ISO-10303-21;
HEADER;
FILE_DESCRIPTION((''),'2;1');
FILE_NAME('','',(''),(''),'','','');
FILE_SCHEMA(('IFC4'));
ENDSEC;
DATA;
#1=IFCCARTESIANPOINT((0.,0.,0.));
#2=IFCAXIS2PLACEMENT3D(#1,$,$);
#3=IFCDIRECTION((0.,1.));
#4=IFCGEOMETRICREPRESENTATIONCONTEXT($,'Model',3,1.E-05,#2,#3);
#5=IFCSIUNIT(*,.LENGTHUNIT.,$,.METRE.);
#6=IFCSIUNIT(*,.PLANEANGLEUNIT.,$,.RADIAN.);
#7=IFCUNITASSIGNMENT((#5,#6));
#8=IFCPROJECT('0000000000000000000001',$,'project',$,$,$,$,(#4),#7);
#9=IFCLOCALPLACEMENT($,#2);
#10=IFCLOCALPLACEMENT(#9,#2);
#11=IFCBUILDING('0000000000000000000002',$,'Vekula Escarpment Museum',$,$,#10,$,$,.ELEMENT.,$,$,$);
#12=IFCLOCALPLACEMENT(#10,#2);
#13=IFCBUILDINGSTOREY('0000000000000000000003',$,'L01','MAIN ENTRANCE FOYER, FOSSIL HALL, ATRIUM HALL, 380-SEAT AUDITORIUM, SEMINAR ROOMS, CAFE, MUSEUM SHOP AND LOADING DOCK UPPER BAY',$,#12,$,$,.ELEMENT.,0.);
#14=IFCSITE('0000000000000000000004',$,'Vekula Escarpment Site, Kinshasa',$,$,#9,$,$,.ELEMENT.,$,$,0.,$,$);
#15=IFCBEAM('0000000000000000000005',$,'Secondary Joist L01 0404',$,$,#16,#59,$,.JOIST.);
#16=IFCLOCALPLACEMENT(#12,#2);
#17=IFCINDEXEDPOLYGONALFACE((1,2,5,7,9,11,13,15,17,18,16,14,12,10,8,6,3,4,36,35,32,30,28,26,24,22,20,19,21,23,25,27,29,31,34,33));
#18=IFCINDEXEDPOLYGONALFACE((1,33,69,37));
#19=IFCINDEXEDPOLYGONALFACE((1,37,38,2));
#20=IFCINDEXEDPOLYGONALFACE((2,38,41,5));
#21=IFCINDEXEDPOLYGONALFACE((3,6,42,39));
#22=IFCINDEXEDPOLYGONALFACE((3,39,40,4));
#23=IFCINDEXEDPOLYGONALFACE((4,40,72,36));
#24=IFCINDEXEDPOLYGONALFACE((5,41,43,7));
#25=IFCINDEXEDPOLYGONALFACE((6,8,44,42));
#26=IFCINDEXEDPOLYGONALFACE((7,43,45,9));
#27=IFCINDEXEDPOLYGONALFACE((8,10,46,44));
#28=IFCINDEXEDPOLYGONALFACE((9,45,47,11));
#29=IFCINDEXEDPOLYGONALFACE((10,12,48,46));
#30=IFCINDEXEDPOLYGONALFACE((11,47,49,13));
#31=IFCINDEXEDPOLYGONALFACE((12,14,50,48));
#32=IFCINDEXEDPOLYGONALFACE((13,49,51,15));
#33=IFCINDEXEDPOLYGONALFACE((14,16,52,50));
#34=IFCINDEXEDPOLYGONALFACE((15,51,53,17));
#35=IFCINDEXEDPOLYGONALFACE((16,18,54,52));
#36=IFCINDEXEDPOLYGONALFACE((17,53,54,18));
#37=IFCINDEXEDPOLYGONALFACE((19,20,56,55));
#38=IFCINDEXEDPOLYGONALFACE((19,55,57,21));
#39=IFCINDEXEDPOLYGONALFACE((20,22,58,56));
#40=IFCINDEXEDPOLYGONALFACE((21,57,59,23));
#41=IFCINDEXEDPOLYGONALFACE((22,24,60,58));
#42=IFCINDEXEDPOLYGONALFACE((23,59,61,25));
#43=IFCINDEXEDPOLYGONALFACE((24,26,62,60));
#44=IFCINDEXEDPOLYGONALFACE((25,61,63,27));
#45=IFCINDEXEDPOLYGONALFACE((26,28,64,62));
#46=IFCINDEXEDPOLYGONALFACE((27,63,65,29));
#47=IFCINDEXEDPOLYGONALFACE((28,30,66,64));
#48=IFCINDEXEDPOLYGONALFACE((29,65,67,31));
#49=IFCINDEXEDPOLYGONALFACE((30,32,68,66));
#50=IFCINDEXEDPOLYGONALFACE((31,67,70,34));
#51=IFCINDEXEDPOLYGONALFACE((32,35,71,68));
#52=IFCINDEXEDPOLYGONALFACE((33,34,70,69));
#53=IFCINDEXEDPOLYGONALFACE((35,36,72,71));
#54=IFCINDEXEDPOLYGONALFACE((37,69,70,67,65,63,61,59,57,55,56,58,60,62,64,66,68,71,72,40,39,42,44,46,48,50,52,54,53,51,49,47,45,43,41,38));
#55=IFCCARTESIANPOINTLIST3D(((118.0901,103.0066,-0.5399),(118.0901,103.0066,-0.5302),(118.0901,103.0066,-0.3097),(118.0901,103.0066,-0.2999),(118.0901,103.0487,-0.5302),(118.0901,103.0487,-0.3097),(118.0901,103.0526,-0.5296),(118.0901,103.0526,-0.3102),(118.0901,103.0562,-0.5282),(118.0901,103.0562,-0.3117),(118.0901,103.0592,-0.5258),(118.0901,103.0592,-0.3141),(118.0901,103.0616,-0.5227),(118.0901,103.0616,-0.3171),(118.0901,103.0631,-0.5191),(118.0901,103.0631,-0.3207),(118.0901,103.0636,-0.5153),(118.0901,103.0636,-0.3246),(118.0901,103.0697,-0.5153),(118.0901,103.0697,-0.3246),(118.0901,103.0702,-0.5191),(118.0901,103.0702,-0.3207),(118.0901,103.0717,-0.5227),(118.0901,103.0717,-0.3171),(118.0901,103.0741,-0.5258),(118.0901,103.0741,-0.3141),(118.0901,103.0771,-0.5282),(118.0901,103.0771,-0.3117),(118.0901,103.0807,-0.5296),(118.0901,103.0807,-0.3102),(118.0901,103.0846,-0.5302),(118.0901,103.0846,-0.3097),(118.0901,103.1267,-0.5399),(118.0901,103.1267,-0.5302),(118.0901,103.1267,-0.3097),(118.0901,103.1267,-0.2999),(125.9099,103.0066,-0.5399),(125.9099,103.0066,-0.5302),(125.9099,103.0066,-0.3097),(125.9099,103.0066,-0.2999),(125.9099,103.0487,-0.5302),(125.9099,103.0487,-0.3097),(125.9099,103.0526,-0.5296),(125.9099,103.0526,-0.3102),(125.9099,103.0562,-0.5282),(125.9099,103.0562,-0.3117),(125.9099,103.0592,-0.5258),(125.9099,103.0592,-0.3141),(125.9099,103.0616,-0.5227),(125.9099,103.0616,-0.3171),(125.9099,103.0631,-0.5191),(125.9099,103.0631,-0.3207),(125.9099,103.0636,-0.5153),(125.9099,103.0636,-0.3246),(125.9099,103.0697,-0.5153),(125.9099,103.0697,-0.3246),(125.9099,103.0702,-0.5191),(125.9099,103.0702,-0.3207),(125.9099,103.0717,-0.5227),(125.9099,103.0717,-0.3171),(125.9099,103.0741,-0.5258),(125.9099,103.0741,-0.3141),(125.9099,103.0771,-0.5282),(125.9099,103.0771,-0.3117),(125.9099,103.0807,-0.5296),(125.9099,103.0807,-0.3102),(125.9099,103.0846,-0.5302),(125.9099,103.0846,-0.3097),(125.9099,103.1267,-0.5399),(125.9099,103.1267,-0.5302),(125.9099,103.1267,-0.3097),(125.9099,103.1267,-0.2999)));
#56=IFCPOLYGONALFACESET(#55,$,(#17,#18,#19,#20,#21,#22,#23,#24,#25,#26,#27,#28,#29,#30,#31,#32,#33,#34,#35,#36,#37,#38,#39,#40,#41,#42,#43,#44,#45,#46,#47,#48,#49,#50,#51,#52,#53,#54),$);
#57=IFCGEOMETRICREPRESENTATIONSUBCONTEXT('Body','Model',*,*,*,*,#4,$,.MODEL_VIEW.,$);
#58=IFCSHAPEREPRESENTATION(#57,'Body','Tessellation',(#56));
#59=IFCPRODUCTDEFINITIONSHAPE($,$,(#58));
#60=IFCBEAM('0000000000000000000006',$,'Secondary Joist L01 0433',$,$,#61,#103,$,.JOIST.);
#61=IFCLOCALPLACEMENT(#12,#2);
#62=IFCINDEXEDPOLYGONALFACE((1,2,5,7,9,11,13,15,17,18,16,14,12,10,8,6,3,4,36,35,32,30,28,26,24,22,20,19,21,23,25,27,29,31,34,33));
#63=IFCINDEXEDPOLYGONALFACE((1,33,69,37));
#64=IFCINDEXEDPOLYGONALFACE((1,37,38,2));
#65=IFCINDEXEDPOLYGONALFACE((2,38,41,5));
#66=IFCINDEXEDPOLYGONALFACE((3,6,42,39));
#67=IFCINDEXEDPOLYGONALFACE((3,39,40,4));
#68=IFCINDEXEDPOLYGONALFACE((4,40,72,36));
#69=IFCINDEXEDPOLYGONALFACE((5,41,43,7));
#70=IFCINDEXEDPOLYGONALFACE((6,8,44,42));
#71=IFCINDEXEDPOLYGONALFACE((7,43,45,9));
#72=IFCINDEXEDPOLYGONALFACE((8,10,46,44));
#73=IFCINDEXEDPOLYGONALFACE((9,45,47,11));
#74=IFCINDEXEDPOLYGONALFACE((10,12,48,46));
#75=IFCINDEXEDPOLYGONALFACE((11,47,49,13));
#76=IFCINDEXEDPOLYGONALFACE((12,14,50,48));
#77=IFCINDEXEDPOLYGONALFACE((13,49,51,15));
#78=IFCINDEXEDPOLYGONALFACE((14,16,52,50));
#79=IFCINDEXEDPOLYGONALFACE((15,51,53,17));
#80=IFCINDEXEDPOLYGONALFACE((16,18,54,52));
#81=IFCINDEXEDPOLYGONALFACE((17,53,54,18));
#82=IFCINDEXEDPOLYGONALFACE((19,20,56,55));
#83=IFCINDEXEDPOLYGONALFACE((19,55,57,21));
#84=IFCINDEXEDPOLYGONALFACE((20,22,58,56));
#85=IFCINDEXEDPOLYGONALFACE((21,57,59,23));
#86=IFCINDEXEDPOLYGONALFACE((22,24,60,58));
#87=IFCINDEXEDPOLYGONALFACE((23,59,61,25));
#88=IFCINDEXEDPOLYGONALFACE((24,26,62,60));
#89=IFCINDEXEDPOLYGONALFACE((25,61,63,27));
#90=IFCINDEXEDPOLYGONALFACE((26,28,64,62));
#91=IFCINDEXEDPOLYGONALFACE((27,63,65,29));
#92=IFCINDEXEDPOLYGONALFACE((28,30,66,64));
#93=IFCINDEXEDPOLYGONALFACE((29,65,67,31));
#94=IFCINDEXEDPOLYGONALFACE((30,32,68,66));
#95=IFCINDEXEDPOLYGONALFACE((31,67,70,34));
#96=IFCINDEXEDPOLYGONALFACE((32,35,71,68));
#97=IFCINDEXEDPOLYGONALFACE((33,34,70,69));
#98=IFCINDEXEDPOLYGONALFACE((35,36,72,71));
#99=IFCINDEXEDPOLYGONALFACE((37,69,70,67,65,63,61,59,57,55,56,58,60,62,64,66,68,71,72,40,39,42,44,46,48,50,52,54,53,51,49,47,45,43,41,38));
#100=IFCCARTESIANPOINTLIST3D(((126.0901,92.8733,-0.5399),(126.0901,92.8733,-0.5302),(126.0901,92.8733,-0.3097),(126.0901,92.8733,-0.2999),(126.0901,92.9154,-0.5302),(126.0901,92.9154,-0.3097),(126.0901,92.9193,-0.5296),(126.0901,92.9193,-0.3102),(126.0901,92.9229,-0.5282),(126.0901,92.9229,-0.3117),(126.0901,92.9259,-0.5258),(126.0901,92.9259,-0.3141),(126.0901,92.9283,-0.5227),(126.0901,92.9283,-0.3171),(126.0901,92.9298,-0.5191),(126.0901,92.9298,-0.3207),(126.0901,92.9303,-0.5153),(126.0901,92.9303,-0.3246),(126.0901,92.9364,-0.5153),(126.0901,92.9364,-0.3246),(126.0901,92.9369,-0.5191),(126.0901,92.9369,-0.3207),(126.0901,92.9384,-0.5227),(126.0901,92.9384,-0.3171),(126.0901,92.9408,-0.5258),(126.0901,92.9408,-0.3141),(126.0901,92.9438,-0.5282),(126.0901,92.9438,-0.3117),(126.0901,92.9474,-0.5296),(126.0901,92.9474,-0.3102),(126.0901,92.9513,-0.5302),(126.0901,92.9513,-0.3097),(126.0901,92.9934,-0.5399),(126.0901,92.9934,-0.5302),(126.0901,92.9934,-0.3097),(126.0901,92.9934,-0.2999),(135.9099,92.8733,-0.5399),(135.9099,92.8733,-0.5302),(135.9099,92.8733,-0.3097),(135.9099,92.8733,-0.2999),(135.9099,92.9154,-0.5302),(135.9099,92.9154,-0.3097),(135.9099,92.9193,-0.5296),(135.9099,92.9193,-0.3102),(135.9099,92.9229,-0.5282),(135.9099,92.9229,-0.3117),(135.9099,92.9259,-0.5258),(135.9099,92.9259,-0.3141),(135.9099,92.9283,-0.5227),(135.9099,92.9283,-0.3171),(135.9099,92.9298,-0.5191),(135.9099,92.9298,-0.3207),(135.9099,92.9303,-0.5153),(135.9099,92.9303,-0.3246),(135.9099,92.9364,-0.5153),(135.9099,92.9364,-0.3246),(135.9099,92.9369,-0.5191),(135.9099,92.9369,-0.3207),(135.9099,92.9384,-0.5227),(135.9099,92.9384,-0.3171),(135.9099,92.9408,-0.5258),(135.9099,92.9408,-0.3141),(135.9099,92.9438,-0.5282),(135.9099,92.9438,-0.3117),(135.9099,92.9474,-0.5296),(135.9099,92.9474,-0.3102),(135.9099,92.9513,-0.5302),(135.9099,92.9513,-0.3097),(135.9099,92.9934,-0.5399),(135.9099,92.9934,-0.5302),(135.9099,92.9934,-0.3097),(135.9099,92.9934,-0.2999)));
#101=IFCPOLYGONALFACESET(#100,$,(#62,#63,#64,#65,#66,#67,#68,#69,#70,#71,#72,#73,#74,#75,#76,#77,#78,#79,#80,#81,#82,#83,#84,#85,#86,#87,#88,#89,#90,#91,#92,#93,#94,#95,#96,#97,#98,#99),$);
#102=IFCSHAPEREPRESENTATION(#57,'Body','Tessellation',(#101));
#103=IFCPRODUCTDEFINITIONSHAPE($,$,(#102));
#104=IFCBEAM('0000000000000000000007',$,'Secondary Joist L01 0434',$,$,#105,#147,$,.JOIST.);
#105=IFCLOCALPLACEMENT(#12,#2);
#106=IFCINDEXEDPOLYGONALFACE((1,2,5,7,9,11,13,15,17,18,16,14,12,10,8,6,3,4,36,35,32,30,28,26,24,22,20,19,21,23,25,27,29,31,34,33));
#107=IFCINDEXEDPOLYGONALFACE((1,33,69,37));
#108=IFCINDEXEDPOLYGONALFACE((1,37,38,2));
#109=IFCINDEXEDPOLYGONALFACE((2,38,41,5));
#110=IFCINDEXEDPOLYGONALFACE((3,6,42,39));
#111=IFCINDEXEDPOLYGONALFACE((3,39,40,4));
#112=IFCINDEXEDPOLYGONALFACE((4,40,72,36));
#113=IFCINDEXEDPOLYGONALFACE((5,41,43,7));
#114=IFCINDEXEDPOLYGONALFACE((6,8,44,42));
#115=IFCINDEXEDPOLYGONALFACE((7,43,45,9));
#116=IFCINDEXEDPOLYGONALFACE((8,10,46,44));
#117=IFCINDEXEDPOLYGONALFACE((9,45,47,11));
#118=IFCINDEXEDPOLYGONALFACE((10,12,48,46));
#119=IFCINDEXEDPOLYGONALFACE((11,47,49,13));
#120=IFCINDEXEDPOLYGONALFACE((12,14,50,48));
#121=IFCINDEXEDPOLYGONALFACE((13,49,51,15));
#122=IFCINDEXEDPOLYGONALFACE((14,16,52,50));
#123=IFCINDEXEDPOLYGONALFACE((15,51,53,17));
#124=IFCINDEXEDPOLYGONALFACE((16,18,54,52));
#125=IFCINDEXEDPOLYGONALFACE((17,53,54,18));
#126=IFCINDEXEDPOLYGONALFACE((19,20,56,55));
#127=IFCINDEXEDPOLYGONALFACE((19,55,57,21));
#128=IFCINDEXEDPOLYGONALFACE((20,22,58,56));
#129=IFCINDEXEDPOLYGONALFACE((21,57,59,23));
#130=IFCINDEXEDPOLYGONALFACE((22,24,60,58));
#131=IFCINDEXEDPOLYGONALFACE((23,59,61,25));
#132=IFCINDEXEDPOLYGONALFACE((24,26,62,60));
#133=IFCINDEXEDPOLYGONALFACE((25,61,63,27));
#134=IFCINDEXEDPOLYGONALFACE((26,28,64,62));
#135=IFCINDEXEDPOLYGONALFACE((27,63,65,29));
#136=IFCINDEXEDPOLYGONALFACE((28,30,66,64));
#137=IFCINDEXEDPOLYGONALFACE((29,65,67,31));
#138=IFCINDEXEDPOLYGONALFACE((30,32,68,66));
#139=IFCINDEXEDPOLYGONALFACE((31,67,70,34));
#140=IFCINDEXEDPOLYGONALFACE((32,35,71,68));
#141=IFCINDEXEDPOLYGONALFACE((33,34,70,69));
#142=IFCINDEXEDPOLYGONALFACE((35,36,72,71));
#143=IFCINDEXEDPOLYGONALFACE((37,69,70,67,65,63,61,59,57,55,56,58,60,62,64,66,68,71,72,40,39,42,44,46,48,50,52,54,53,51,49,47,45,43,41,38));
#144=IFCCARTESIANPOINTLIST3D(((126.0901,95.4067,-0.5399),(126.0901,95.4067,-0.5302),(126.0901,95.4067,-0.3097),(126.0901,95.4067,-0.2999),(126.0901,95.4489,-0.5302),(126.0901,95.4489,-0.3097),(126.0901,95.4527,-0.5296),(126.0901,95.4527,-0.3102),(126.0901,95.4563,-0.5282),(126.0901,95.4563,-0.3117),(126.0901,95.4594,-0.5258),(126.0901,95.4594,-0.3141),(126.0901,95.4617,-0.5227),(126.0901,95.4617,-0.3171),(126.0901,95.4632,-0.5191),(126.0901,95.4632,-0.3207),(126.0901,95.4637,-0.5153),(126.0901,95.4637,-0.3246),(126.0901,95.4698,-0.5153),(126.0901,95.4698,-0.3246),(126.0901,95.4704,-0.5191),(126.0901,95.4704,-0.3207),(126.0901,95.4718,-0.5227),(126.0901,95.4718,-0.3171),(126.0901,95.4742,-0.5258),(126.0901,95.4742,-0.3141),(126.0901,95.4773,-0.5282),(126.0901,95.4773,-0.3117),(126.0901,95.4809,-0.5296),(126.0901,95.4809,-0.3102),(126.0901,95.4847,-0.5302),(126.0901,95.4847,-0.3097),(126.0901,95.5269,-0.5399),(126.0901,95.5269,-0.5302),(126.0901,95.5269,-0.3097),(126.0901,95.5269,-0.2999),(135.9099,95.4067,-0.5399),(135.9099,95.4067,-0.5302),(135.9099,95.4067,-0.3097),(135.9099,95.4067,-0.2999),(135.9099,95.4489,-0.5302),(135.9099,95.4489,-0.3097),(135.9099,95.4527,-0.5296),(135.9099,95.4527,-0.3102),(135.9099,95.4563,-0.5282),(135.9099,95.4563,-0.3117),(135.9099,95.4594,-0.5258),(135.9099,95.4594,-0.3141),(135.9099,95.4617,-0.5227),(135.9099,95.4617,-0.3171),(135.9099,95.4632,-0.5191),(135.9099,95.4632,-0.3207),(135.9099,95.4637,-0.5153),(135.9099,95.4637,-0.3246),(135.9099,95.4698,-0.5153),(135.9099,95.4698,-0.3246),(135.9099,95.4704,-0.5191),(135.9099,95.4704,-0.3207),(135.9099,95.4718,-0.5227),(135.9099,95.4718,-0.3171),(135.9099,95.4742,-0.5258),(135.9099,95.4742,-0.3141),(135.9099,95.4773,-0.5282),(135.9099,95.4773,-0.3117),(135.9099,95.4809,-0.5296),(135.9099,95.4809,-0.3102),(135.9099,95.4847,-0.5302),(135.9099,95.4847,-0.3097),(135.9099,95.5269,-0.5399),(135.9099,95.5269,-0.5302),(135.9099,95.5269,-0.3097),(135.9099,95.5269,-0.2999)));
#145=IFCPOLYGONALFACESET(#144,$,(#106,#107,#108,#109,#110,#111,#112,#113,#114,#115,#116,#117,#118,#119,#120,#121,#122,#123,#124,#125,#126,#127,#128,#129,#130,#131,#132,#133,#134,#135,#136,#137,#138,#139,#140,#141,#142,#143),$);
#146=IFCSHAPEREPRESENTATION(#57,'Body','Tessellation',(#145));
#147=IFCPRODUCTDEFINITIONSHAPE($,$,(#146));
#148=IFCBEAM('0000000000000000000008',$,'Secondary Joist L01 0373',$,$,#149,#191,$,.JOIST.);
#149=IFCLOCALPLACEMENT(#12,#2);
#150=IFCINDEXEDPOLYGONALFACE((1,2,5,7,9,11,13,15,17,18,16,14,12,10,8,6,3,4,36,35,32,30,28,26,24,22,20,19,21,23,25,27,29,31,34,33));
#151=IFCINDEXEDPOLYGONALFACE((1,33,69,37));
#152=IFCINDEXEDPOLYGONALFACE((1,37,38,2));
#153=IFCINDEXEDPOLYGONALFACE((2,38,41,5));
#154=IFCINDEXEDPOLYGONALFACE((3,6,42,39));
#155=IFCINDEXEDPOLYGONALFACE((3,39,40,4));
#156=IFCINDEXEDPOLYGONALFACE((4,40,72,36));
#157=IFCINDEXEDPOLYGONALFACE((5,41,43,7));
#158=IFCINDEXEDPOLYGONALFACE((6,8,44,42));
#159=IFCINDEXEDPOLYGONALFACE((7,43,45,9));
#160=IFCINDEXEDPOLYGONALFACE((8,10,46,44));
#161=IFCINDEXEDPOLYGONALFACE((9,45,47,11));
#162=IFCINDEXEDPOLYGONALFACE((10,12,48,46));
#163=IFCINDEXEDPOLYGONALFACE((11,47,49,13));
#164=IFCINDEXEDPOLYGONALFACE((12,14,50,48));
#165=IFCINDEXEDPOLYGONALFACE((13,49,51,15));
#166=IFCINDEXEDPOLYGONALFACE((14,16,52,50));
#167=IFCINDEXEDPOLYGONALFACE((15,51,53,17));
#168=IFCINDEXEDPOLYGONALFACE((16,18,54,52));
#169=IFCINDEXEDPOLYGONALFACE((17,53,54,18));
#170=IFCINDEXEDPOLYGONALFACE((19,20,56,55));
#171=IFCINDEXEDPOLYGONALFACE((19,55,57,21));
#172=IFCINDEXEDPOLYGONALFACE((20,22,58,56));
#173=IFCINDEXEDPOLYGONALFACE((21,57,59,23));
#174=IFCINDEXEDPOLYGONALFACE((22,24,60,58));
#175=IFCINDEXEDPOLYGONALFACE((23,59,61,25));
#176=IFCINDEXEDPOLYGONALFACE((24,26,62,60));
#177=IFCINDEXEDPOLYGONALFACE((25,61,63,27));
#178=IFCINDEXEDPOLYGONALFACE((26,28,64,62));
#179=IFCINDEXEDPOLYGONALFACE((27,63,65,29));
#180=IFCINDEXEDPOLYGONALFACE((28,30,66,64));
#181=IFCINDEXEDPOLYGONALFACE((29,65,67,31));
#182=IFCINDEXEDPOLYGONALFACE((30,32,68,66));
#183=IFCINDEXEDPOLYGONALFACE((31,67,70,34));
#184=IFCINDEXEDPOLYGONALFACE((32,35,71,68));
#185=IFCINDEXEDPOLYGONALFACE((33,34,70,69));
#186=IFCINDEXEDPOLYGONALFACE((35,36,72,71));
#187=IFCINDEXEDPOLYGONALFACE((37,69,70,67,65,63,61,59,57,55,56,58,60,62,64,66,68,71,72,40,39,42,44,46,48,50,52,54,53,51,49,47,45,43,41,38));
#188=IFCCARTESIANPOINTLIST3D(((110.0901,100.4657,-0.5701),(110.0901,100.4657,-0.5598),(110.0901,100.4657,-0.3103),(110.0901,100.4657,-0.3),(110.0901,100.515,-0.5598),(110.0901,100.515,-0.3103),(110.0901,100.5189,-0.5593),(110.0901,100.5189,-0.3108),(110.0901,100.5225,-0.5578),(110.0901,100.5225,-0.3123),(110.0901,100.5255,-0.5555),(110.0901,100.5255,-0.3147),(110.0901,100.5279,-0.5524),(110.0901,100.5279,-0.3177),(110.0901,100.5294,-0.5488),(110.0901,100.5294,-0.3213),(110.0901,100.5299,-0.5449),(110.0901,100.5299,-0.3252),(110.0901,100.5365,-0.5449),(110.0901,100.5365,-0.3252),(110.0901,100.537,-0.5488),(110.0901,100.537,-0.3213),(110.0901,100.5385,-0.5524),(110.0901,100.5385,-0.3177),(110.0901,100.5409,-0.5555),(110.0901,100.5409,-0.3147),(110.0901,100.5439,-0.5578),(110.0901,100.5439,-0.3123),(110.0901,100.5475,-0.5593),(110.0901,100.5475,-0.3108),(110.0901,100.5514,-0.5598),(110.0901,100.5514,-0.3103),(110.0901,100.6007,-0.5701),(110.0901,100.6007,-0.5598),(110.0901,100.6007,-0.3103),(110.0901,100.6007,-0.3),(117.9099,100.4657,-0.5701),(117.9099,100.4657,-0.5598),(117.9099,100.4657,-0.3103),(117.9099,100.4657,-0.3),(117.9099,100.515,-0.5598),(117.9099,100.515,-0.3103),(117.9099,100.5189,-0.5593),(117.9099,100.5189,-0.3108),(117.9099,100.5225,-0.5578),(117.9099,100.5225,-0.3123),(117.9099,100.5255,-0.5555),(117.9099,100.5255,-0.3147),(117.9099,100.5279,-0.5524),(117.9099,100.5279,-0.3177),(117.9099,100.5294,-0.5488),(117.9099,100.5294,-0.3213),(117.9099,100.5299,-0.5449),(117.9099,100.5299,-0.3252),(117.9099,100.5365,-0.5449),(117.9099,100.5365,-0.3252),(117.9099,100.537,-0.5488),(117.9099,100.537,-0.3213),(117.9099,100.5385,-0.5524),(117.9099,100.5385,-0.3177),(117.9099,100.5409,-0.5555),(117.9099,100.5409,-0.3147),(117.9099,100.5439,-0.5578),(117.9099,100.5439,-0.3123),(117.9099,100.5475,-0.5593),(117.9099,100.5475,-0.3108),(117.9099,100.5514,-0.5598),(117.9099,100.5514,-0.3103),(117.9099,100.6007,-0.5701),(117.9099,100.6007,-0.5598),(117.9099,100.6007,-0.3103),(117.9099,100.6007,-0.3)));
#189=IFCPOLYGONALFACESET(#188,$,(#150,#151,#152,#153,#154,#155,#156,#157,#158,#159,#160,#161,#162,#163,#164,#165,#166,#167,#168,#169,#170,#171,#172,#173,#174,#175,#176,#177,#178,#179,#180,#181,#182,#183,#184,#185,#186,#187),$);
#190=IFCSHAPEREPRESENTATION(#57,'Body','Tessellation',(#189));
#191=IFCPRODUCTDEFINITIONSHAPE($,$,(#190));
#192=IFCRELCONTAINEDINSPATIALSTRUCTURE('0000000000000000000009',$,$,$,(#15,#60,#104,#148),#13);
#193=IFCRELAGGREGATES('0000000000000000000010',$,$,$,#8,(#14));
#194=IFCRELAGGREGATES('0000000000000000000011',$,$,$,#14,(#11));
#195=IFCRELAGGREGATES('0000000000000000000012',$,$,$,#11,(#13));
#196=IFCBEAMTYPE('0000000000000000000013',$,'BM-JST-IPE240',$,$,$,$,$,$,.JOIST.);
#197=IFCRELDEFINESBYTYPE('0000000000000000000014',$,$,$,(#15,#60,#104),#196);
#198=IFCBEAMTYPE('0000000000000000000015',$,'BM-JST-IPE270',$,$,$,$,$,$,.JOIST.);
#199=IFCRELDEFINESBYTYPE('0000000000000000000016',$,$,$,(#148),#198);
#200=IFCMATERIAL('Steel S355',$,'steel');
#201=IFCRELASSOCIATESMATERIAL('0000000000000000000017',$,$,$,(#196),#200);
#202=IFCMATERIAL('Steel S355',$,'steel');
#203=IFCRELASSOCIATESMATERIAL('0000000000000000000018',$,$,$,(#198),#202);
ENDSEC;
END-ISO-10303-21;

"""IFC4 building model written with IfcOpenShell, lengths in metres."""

from ifc_helpers import new_model, si_unit, direction, frame, origin, origin_2d, place, context, subcontext, project, spatial, i_section, extrude, material, material_profile, profile_set, type_object, element, save


model = new_model("IFC4")

# Units and contexts
model_context = context("Model", 3, precision=1e-05, world=origin(), true_north=direction((0.0, 1.0)))
body_context = subcontext(model_context, "Body", "Model", "MODEL_VIEW")
ifc_project = project(units=[si_unit("LENGTHUNIT", "METRE"), si_unit("PLANEANGLEUNIT", "RADIAN")], contexts=[model_context])

# Site, building, storey
site_placement = place(None, origin())
site = spatial("IfcSite", under=ifc_project, at=site_placement, Name="Vekula Escarpment Site, Kinshasa", CompositionType="ELEMENT", RefElevation=0.0)
building_placement = place(site_placement, origin())
building = spatial("IfcBuilding", under=site, at=building_placement, Name="Vekula Escarpment Museum", CompositionType="ELEMENT")
storey_placement = place(building_placement, origin())
storey = spatial("IfcBuildingStorey", under=building, at=storey_placement, Name="L01", Description="MAIN ENTRANCE FOYER, FOSSIL HALL, ATRIUM HALL, 380-SEAT AUDITORIUM, SEMINAR ROOMS, CAFE, MUSEUM SHOP AND LOADING DOCK UPPER BAY", CompositionType="ELEMENT", Elevation=0.0)

# Beams
ifc_material_1 = material(Name="Steel S355", Category="steel")
ifc_material_profile_1 = material_profile(ifc_material_1, i_section(OverallWidth=0.1201, OverallDepth=0.24, WebThickness=0.0061, FlangeThickness=0.0098, FilletRadius=0.0149, at=origin_2d()), Name="IPE 240")
ifc_profile_set_1 = profile_set([ifc_material_profile_1], Name="Steel S355")
beam_type_1 = type_object("IfcBeamType", Name="BM-JST-IPE240", PredefinedType="JOIST", material=ifc_profile_set_1)
for number, where, z_axis, x_axis, name in (
    (1, (118.0901, 103.0667, -0.4199), (1.0, 0.0, 0.0), (0.0, 1.0, 0.0), "Secondary Joist L01 0404"),
):
    element("IfcBeam", number, at=place(storey_placement, frame(where, z_axis=z_axis, x_axis=x_axis)), inside=storey, type_object=beam_type_1, Name=name, PredefinedType="JOIST", context=body_context, shape_type="SweptSolid", body=[
        extrude(i_section(OverallWidth=0.1201, OverallDepth=0.24, WebThickness=0.0061, FlangeThickness=0.0098, FilletRadius=0.0149, at=origin_2d()), origin(), (0.0, 0.0, 1.0), 7.8198),
    ])
for number, where, z_axis, x_axis, name in (
    (2, (126.0901, 92.9333, -0.4199), (1.0, 0.0, 0.0), (0.0, 1.0, 0.0), "Secondary Joist L01 0433"),
    (3, (126.0901, 95.4668, -0.4199), (1.0, 0.0, 0.0), (0.0, 1.0, 0.0), "Secondary Joist L01 0434"),
):
    element("IfcBeam", number, at=place(storey_placement, frame(where, z_axis=z_axis, x_axis=x_axis)), inside=storey, type_object=beam_type_1, Name=name, PredefinedType="JOIST", context=body_context, shape_type="SweptSolid", body=[
        extrude(i_section(OverallWidth=0.1201, OverallDepth=0.24, WebThickness=0.0061, FlangeThickness=0.0098, FilletRadius=0.0149, at=origin_2d()), origin(), (0.0, 0.0, 1.0), 9.8198),
    ])
ifc_material_2 = material(Name="Steel S355", Category="steel")
ifc_material_profile_2 = material_profile(ifc_material_2, i_section(OverallWidth=0.135, OverallDepth=0.27, WebThickness=0.0066, FlangeThickness=0.0103, FilletRadius=0.0149, at=origin_2d()), Name="IPE 270")
ifc_profile_set_2 = profile_set([ifc_material_profile_2], Name="Steel S355")
beam_type_2 = type_object("IfcBeamType", Name="BM-JST-IPE270", PredefinedType="JOIST", material=ifc_profile_set_2)
for number, where, z_axis, x_axis, name in (
    (4, (110.0901, 100.5332, -0.4351), (1.0, 0.0, 0.0), (0.0, 1.0, 0.0), "Secondary Joist L01 0373"),
):
    element("IfcBeam", number, at=place(storey_placement, frame(where, z_axis=z_axis, x_axis=x_axis)), inside=storey, type_object=beam_type_2, Name=name, PredefinedType="JOIST", context=body_context, shape_type="SweptSolid", body=[
        extrude(i_section(OverallWidth=0.135, OverallDepth=0.27, WebThickness=0.0066, FlangeThickness=0.0103, FilletRadius=0.0149, at=origin_2d()), origin(), (0.0, 0.0, 1.0), 7.8198),
    ])

save(model, "model.ifc")
